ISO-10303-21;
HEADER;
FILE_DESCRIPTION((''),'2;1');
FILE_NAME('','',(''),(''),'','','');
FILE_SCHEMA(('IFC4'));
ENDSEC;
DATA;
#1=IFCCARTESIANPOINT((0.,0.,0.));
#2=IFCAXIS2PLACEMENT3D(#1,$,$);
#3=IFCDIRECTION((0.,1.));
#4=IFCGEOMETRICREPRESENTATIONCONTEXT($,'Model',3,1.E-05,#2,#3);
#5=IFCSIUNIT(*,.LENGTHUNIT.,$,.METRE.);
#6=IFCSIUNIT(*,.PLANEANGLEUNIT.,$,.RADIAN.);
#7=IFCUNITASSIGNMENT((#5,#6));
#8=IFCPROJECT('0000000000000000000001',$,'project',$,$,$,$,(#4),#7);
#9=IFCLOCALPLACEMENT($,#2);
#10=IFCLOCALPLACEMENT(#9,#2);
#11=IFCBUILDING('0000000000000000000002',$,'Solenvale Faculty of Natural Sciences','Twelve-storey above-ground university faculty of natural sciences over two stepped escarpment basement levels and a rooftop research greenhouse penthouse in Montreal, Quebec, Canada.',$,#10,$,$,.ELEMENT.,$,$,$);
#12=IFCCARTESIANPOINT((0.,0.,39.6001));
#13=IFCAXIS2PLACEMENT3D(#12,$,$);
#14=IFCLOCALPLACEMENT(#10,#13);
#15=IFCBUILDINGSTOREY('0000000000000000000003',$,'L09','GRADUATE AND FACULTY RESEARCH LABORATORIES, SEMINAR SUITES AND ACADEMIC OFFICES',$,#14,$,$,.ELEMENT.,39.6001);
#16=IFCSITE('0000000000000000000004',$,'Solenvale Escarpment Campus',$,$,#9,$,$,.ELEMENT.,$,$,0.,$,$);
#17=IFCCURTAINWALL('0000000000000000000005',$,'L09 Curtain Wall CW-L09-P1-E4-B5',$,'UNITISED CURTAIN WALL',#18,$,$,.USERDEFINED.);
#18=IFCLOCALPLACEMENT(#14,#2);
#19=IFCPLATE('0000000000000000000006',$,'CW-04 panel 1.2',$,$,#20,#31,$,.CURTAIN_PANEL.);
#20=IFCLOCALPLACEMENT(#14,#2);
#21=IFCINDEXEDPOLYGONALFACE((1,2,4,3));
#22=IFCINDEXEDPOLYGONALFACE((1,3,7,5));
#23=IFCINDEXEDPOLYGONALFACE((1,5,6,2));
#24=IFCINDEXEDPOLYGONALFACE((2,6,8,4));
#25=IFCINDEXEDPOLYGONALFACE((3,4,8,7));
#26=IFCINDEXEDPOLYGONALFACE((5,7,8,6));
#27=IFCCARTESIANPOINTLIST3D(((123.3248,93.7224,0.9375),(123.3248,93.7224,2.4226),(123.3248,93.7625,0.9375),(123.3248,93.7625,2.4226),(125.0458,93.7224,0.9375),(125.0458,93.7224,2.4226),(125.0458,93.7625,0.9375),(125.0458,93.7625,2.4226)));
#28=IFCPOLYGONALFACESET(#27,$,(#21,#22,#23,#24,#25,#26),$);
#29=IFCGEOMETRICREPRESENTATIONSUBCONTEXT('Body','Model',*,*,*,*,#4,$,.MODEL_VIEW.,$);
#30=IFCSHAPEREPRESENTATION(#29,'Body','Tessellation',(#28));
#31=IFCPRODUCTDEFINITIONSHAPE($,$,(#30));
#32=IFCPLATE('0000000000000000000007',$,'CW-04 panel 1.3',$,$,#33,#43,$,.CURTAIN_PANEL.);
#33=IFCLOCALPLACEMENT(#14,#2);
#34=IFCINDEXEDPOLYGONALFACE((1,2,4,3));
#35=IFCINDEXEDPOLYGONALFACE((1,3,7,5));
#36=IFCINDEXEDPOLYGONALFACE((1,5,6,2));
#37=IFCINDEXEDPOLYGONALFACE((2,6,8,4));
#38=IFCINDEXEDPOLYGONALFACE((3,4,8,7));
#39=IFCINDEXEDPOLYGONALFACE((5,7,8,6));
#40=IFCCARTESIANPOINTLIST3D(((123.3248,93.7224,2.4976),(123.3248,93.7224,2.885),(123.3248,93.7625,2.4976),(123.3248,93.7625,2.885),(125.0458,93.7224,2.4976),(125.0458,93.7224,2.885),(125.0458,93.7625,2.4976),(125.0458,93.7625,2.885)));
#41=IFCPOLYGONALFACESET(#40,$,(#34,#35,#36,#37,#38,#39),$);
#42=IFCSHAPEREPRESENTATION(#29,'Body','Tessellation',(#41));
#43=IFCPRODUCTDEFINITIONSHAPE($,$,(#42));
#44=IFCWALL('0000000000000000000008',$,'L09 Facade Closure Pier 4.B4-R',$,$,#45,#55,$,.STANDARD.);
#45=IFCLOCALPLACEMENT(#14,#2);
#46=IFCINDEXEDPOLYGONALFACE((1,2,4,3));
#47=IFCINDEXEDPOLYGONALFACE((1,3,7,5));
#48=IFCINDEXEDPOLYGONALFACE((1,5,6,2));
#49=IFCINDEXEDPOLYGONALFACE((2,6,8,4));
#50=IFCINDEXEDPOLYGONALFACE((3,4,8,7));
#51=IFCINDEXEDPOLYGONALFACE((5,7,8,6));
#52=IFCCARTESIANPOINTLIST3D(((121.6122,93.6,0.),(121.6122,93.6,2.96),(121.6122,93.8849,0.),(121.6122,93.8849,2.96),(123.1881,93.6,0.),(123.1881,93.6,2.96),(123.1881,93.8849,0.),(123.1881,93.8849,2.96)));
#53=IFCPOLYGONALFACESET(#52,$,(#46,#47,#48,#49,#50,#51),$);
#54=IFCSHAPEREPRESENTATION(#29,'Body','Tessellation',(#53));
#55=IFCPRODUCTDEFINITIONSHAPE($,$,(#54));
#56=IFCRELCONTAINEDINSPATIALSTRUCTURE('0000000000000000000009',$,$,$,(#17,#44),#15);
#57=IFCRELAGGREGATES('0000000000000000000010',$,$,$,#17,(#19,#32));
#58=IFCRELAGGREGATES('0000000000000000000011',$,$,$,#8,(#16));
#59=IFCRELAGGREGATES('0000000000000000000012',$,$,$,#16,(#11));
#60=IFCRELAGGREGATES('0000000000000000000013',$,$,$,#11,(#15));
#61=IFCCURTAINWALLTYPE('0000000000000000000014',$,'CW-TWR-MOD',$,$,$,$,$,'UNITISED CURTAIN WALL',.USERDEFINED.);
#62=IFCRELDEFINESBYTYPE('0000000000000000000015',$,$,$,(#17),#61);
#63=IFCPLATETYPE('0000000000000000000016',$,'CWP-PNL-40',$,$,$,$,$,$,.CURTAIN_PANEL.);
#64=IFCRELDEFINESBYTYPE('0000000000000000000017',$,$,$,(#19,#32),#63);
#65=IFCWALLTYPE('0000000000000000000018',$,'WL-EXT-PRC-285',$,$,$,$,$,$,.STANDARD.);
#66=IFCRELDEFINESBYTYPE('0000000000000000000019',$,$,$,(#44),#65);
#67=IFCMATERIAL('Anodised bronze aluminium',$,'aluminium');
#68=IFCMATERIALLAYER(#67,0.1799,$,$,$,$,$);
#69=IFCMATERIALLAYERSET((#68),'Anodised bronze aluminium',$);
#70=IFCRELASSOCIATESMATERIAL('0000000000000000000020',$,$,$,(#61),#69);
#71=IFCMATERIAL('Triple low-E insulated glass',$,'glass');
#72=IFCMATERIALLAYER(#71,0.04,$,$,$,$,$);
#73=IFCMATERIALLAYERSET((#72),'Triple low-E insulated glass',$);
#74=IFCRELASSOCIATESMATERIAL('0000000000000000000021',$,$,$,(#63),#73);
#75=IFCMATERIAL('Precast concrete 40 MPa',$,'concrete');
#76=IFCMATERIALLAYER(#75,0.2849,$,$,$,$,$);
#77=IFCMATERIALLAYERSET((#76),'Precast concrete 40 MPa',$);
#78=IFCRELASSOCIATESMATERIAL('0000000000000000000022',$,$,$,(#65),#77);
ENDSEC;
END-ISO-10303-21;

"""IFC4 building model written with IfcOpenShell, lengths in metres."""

from ifc_helpers import new_model, si_unit, direction, frame, frame_2d, origin, origin_2d, place, context, subcontext, project, spatial, rectangle, extrude, material, layer, layer_set, type_object, element, aggregate, save


model = new_model("IFC4")

# Units and contexts
model_context = context("Model", 3, precision=1e-05, world=origin(), true_north=direction((0.0, 1.0)))
body_context = subcontext(model_context, "Body", "Model", "MODEL_VIEW")
ifc_project = project(units=[si_unit("LENGTHUNIT", "METRE"), si_unit("PLANEANGLEUNIT", "RADIAN")], contexts=[model_context])

# Site, building, storey
site_placement = place(None, origin())
site = spatial("IfcSite", under=ifc_project, at=site_placement, Name="Solenvale Escarpment Campus", CompositionType="ELEMENT", RefElevation=0.0)
building_placement = place(site_placement, origin())
building = spatial("IfcBuilding", under=site, at=building_placement, Name="Solenvale Faculty of Natural Sciences", Description="Twelve-storey above-ground university faculty of natural sciences over two stepped escarpment basement levels and a rooftop research greenhouse penthouse in Montreal, Quebec, Canada.", CompositionType="ELEMENT")
storey_placement = place(building_placement, frame((0.0, 0.0, 39.6001)))
storey = spatial("IfcBuildingStorey", under=building, at=storey_placement, Name="L09", Description="GRADUATE AND FACULTY RESEARCH LABORATORIES, SEMINAR SUITES AND ACADEMIC OFFICES", CompositionType="ELEMENT", Elevation=39.6001)

# Shared definitions
ifc_material_1 = material(Name="Anodised bronze aluminium", Category="aluminium")
ifc_layer_1 = layer(ifc_material_1, 0.1799)
ifc_layer_set_1 = layer_set([ifc_layer_1], Name="Anodised bronze aluminium")
curtain_wall_type = type_object("IfcCurtainWallType", Name="CW-TWR-MOD", ElementType="UNITISED CURTAIN WALL", PredefinedType="USERDEFINED", material=ifc_layer_set_1)

# Curtain wall
curtain_wall_1_placement = place(storey_placement, origin())
curtain_wall_1 = element("IfcCurtainWall", 1, at=curtain_wall_1_placement, inside=storey, type_object=curtain_wall_type, Name="L09 Curtain Wall CW-L09-P1-E4-B5", ObjectType="UNITISED CURTAIN WALL", PredefinedType="USERDEFINED")

# Plates
ifc_material_2 = material(Name="Triple low-E insulated glass", Category="glass")
ifc_layer_2 = layer(ifc_material_2, 0.04)
ifc_layer_set_2 = layer_set([ifc_layer_2], Name="Triple low-E insulated glass")
plate_type_1 = type_object("IfcPlateType", Name="CWP-PNL-40", PredefinedType="CURTAIN_PANEL", material=ifc_layer_set_2)
plate_1_placement = place(storey_placement, frame((124.1853, 93.7424, 0.9375), z_axis=(0.0, 0.0, 1.0), x_axis=(1.0, 0.0, 0.0)))
plate_1 = element("IfcPlate", 2, at=plate_1_placement, type_object=plate_type_1, Name="CW-04 panel 1.2", PredefinedType="CURTAIN_PANEL", context=body_context, shape_type="SweptSolid", body=[
    extrude(rectangle(XDim=1.7209, YDim=0.04, at=origin_2d()), origin(), (0.0, 0.0, 1.0), 1.4851),
])
plate_2_placement = place(storey_placement, frame((124.1853, 93.7424, 2.4976), z_axis=(0.0, 0.0, 1.0), x_axis=(1.0, 0.0, 0.0)))
plate_2 = element("IfcPlate", 3, at=plate_2_placement, type_object=plate_type_1, Name="CW-04 panel 1.3", PredefinedType="CURTAIN_PANEL", context=body_context, shape_type="SweptSolid", body=[
    extrude(rectangle(XDim=1.7209, YDim=0.04, at=origin_2d()), origin(), (0.0, 0.0, 1.0), 0.3875),
])
aggregate(curtain_wall_1, [plate_1, plate_2])

# Wall
ifc_material_3 = material(Name="Precast concrete 40 MPa", Category="concrete")
ifc_layer_3 = layer(ifc_material_3, 0.2849)
ifc_layer_set_3 = layer_set([ifc_layer_3], Name="Precast concrete 40 MPa")
wall_type = type_object("IfcWallType", Name="WL-EXT-PRC-285", PredefinedType="STANDARD", material=ifc_layer_set_3)
wall_placement = place(storey_placement, frame((121.6121, 93.7424, 0.0), z_axis=(0.0, 0.0, 1.0), x_axis=(1.0, 0.0, 0.0)))
element("IfcWall", 4, at=wall_placement, inside=storey, type_object=wall_type, Name="L09 Facade Closure Pier 4.B4-R", PredefinedType="STANDARD", context=body_context, shape_type="SweptSolid", body=[
    extrude(rectangle(XDim=1.5759, YDim=0.2849, at=frame_2d((0.7881, 0.0))), origin(), (0.0, 0.0, 1.0), 2.96),
])

save(model, "model.ifc")
